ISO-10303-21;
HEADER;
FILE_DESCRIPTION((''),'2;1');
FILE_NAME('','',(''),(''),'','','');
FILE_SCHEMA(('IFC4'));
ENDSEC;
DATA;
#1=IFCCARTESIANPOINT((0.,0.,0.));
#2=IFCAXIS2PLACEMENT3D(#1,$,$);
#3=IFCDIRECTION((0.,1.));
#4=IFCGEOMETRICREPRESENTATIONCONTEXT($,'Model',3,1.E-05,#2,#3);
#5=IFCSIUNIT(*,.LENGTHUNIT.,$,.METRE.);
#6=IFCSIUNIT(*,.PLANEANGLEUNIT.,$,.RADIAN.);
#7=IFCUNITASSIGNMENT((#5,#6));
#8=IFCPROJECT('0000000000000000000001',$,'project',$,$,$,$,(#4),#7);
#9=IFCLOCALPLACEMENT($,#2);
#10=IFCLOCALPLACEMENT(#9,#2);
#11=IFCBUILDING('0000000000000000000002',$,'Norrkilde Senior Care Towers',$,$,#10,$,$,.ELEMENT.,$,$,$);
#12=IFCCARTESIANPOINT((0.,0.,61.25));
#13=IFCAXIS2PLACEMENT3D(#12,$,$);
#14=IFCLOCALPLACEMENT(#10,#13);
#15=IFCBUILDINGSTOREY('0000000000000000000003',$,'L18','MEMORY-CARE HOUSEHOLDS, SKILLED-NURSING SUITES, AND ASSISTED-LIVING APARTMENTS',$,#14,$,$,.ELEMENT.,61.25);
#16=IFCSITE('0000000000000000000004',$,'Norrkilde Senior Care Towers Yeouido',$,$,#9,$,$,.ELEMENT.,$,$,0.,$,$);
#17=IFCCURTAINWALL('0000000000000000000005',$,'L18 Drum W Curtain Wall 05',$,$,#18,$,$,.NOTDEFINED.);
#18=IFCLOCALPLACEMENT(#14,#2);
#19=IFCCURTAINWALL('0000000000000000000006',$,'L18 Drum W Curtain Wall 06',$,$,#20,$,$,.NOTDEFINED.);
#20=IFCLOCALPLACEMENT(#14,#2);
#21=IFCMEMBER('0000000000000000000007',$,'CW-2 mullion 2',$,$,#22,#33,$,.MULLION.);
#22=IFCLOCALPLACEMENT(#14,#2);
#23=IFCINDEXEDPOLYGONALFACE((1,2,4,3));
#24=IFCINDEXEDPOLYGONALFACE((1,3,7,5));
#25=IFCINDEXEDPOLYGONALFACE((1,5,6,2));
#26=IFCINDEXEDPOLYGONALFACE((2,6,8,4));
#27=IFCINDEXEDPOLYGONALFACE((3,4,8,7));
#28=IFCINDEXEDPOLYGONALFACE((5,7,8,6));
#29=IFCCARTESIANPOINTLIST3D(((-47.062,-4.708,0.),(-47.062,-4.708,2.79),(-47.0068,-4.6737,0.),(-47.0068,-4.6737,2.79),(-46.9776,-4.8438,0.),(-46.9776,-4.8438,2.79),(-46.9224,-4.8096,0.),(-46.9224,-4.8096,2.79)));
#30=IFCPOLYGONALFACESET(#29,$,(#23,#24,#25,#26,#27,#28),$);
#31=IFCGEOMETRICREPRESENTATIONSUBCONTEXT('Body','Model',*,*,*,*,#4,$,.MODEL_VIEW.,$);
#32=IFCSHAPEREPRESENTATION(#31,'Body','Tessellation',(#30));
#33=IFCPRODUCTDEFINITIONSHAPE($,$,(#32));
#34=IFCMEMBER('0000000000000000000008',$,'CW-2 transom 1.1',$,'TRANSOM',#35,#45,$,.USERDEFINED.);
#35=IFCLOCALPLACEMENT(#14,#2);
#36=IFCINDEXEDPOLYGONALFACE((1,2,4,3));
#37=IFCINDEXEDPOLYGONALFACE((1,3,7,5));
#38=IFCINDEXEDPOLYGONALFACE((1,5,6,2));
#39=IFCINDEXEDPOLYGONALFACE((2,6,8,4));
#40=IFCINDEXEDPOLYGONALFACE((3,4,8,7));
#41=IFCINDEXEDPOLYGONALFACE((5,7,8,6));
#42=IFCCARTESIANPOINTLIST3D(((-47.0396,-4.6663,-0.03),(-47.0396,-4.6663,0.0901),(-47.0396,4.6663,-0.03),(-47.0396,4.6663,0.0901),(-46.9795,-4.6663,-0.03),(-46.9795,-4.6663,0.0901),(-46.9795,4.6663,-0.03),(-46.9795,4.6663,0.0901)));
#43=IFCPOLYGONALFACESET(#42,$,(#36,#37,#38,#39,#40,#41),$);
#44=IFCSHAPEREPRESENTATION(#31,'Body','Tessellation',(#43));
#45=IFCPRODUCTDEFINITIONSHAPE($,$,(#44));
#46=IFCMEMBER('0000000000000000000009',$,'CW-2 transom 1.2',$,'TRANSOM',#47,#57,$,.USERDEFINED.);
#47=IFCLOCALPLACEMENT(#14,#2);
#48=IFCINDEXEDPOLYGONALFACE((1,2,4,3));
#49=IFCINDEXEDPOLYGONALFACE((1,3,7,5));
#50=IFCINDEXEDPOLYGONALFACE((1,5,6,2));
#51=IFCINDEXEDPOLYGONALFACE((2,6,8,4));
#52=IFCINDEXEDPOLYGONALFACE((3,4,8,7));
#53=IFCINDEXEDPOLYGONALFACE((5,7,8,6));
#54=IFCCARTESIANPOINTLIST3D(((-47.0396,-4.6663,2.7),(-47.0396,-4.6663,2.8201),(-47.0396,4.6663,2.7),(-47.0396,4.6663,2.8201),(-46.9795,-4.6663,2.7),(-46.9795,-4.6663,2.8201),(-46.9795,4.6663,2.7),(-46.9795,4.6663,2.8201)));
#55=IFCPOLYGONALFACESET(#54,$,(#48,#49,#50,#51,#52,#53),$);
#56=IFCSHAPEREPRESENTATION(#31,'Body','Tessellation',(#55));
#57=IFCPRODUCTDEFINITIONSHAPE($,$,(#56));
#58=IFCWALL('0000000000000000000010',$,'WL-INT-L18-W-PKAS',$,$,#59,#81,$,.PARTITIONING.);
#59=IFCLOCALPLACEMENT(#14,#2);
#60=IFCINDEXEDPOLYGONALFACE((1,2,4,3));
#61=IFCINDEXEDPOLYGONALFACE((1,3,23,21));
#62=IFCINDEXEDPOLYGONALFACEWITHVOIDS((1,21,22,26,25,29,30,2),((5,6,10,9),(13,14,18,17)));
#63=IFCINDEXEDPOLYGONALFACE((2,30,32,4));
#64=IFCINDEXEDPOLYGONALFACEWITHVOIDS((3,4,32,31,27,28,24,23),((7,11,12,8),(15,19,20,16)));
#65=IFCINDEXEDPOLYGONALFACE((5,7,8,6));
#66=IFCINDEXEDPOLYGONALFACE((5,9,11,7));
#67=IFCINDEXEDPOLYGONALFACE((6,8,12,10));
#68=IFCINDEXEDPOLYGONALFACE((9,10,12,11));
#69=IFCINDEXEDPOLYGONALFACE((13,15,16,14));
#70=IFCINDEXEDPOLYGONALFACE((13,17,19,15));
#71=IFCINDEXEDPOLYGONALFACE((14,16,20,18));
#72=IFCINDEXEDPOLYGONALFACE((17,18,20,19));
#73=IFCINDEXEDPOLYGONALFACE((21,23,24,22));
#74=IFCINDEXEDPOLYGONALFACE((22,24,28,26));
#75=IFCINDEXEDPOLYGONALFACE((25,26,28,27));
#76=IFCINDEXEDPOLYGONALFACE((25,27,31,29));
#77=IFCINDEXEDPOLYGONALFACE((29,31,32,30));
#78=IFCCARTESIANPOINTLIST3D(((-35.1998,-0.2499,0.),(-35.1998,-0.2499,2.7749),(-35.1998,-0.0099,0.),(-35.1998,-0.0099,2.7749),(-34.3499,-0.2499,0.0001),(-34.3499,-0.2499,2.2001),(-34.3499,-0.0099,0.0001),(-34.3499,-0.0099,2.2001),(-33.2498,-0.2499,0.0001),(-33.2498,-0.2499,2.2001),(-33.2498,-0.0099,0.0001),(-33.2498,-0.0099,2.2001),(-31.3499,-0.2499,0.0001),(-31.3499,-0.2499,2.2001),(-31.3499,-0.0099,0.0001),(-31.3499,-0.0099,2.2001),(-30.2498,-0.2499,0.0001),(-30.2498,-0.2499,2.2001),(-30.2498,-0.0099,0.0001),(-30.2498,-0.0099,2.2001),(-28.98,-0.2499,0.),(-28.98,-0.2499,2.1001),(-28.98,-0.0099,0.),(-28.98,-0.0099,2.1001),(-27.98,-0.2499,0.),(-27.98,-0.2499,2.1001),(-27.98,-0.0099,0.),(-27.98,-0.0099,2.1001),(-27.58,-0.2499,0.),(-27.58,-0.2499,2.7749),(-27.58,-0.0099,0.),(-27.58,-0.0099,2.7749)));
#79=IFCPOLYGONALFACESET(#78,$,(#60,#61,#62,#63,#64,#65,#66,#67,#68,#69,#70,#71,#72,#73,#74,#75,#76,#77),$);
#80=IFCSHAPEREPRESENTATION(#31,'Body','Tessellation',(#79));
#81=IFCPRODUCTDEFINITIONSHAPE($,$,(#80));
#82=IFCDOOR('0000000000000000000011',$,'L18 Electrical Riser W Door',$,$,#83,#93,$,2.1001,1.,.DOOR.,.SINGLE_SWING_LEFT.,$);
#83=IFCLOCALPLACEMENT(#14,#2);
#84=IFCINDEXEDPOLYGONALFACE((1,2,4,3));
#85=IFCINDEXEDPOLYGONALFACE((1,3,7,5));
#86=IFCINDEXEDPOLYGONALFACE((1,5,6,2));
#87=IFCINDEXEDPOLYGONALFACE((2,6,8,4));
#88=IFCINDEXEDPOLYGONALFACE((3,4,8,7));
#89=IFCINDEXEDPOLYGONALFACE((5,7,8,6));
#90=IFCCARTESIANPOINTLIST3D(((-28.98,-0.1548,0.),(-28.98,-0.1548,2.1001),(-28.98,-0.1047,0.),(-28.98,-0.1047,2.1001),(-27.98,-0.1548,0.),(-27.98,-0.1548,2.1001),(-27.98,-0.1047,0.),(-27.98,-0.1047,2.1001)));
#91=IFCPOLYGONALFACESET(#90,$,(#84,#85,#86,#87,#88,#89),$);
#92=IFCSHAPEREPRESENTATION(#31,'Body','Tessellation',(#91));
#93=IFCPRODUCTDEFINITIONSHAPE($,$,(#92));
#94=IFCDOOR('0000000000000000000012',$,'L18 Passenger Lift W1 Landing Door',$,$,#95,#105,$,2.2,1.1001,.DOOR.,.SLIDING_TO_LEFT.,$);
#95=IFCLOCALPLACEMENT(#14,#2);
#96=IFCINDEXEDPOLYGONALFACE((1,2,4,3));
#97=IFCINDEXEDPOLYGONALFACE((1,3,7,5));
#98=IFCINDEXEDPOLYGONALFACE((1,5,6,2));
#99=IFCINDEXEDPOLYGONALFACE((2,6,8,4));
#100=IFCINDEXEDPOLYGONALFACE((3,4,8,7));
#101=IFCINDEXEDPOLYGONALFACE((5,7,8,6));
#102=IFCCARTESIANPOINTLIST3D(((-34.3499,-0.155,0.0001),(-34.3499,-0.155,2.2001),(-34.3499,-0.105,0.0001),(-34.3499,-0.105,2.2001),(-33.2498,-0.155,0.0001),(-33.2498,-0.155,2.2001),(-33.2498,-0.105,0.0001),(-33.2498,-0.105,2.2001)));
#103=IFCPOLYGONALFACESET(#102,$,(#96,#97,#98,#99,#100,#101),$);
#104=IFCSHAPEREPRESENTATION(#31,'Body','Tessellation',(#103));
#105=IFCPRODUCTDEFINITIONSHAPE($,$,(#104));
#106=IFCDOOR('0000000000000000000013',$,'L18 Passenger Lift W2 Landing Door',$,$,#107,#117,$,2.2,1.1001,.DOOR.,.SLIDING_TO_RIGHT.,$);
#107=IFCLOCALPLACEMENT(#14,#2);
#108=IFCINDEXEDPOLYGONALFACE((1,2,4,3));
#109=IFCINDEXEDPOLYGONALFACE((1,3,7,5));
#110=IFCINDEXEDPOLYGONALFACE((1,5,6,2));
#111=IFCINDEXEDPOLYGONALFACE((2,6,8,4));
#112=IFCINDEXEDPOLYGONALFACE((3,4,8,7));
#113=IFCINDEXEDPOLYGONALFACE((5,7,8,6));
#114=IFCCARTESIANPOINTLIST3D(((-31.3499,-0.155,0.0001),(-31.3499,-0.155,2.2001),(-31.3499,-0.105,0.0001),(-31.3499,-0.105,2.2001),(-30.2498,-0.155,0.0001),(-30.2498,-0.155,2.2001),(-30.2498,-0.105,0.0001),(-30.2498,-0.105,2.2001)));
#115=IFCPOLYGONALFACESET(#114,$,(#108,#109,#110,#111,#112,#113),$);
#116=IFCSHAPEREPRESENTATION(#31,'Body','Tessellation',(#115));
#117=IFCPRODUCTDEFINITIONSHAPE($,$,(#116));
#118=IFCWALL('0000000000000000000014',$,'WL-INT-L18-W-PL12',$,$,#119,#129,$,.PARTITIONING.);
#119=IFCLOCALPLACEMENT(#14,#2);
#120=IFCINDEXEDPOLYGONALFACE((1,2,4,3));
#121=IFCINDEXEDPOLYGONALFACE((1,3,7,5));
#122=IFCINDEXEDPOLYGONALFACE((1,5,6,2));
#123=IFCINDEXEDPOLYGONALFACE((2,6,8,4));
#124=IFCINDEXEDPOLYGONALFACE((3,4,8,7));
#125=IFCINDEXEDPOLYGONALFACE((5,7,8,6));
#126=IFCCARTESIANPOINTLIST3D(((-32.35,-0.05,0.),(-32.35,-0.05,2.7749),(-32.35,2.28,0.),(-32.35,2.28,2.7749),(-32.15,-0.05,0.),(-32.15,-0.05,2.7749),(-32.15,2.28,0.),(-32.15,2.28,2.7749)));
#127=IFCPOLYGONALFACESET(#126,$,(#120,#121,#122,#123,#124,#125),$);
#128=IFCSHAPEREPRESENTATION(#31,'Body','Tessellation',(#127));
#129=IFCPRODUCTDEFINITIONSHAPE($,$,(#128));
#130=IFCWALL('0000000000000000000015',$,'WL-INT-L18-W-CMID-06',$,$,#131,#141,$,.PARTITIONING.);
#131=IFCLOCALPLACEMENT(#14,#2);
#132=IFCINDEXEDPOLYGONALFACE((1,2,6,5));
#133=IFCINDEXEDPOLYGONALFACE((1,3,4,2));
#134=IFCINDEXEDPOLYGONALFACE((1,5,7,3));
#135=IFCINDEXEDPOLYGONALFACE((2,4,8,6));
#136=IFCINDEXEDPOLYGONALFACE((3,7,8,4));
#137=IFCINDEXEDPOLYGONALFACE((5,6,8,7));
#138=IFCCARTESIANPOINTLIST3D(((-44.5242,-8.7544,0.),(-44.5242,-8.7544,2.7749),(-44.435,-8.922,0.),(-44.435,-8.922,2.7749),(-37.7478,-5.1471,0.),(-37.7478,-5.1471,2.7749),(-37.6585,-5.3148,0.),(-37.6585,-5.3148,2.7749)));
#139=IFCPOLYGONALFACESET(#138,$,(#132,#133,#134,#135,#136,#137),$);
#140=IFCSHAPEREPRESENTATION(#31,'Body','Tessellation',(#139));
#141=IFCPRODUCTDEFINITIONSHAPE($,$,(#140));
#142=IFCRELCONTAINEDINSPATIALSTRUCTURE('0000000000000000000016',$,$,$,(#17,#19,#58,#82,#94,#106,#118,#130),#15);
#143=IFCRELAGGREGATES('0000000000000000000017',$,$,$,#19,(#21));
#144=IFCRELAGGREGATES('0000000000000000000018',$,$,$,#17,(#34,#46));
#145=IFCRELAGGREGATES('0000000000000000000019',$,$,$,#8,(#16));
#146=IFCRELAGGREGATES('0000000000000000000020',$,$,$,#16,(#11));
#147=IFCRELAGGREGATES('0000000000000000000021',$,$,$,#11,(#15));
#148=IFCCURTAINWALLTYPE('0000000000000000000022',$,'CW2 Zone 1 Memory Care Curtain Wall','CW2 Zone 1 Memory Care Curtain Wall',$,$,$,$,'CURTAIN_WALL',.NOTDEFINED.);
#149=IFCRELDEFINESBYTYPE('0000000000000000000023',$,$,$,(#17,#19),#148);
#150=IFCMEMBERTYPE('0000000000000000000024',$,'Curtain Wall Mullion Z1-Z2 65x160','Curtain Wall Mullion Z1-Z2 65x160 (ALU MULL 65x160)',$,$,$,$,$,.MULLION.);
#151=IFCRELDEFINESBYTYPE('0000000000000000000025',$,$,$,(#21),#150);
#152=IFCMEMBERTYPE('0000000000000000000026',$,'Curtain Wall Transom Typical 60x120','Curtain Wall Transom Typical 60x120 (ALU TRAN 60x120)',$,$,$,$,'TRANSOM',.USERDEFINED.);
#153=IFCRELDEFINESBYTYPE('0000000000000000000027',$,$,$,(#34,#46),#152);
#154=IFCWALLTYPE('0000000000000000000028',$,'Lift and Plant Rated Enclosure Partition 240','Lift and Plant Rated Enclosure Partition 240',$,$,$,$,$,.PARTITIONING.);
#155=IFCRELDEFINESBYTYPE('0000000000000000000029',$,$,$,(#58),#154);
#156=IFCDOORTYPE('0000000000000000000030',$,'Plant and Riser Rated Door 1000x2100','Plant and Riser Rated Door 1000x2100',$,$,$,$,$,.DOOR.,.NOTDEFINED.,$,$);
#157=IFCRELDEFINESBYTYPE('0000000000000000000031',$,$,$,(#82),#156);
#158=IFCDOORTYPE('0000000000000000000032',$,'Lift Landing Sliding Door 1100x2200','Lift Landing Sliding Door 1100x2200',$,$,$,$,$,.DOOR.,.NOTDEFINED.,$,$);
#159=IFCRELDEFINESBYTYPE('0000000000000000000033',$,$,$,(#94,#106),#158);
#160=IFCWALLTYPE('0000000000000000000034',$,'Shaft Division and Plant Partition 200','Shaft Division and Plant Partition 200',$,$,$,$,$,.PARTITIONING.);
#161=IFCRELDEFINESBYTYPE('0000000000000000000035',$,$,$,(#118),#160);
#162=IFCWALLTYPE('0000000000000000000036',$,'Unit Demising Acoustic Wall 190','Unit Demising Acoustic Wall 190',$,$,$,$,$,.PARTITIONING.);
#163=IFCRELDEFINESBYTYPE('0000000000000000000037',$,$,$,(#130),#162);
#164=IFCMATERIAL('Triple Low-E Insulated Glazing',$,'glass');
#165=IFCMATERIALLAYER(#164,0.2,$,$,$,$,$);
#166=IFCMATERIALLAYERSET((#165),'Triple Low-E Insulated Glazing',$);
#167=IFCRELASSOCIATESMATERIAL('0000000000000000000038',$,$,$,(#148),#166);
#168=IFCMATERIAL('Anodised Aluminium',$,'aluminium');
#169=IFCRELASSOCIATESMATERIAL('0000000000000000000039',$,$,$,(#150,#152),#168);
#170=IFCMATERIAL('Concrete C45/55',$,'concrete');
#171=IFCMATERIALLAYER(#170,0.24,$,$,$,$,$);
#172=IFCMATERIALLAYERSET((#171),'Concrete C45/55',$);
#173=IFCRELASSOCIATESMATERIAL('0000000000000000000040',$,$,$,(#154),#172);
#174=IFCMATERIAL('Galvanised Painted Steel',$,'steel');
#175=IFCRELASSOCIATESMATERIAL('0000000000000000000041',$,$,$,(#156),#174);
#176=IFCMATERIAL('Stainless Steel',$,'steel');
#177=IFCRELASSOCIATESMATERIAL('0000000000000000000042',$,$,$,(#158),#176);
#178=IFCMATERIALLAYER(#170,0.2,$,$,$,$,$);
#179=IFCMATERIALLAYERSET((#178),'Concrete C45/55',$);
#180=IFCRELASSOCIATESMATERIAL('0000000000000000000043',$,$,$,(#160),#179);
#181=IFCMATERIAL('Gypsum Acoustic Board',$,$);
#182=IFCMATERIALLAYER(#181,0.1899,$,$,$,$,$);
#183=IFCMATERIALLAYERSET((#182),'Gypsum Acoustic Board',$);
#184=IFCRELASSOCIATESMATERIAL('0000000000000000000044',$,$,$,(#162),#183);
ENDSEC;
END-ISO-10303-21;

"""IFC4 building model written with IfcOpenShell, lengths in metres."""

from ifc_helpers import new_model, si_unit, direction, frame, frame_2d, origin, origin_2d, place, context, subcontext, project, spatial, rectangle, extrude, source, transform, mapped, material, layer, layer_set, material_profile, profile_set, type_object, type_shapes, element, fill, aggregate, save


model = new_model("IFC4")

# Units and contexts
model_context = context("Model", 3, precision=1e-05, world=origin(), true_north=direction((0.0, 1.0)))
body_context = subcontext(model_context, "Body", "Model", "MODEL_VIEW")
ifc_project = project(units=[si_unit("LENGTHUNIT", "METRE"), si_unit("PLANEANGLEUNIT", "RADIAN")], contexts=[model_context])

# Site, building, storey
site_placement = place(None, origin())
site = spatial("IfcSite", under=ifc_project, at=site_placement, Name="Norrkilde Senior Care Towers Yeouido", CompositionType="ELEMENT", RefElevation=0.0)
building_placement = place(site_placement, origin())
building = spatial("IfcBuilding", under=site, at=building_placement, Name="Norrkilde Senior Care Towers", CompositionType="ELEMENT")
storey_placement = place(building_placement, frame((0.0, 0.0, 61.25)))
storey = spatial("IfcBuildingStorey", under=building, at=storey_placement, Name="L18", Description="MEMORY-CARE HOUSEHOLDS, SKILLED-NURSING SUITES, AND ASSISTED-LIVING APARTMENTS", CompositionType="ELEMENT", Elevation=61.25)

# Curtain walls, member
ifc_material_1 = material(Name="Triple Low-E Insulated Glazing", Category="glass")
ifc_layer_1 = layer(ifc_material_1, 0.2)
ifc_layer_set_1 = layer_set([ifc_layer_1], Name="Triple Low-E Insulated Glazing")
curtain_wall_type = type_object("IfcCurtainWallType", Name="CW2 Zone 1 Memory Care Curtain Wall", Description="CW2 Zone 1 Memory Care Curtain Wall", ElementType="CURTAIN_WALL", PredefinedType="NOTDEFINED", material=ifc_layer_set_1)
curtain_wall_1_placement = place(storey_placement, origin())
curtain_wall_1 = element("IfcCurtainWall", 1, at=curtain_wall_1_placement, inside=storey, type_object=curtain_wall_type, Name="L18 Drum W Curtain Wall 05", PredefinedType="NOTDEFINED")
ifc_material_2 = material(Name="Anodised Aluminium", Category="aluminium")
ifc_material_profile_1 = material_profile(ifc_material_2, rectangle(XDim=0.0649, YDim=0.1599, at=origin_2d()), Name="ALU MULL 65x160")
ifc_profile_set_1 = profile_set([ifc_material_profile_1], Name="Anodised Aluminium")
member_type_1 = type_object("IfcMemberType", Name="Curtain Wall Mullion Z1-Z2 65x160", Description="Curtain Wall Mullion Z1-Z2 65x160 (ALU MULL 65x160)", PredefinedType="MULLION", material=ifc_profile_set_1)
shared_shape_1 = source(origin(), body_context, "Body", "SweptSolid", [
    extrude(rectangle(XDim=0.0649, YDim=0.1599, at=origin_2d()), origin(), (0.0, 0.0, 1.0), 2.79),
])
type_shapes(member_type_1, [shared_shape_1])
curtain_wall_2_placement = place(storey_placement, origin())
curtain_wall_2 = element("IfcCurtainWall", 2, at=curtain_wall_2_placement, inside=storey, type_object=curtain_wall_type, Name="L18 Drum W Curtain Wall 06", PredefinedType="NOTDEFINED")
member_1_placement = place(storey_placement, frame((-46.9922, -4.7588, 0.0), z_axis=(0.0, 0.0, 1.0), x_axis=(-0.849306, -0.527901, 0.0)))
member_1 = element("IfcMember", 3, at=member_1_placement, type_object=member_type_1, Name="CW-2 mullion 2", PredefinedType="MULLION", context=body_context, shape_type="MappedRepresentation", body=[
    mapped(shared_shape_1, transform((0.0, 0.0, 0.0), x_axis=(1.0, 0.0, 0.0), y_axis=(0.0, 1.0, 0.0), z_axis=(0.0, 0.0, 1.0), scale=1.0)),
])
aggregate(curtain_wall_2, [member_1])

# Members
ifc_material_profile_2 = material_profile(ifc_material_2, rectangle(XDim=0.0601, YDim=0.1201, at=origin_2d()), Name="ALU TRAN 60x120")
ifc_profile_set_2 = profile_set([ifc_material_profile_2], Name="Anodised Aluminium")
member_type_2 = type_object("IfcMemberType", Name="Curtain Wall Transom Typical 60x120", Description="Curtain Wall Transom Typical 60x120 (ALU TRAN 60x120)", ElementType="TRANSOM", PredefinedType="USERDEFINED", material=ifc_profile_set_2)
shared_shape_2 = source(origin(), body_context, "Body", "SweptSolid", [
    extrude(rectangle(XDim=0.0601, YDim=0.1201, at=origin_2d()), origin(), (0.0, 0.0, 1.0), 9.3325),
])
type_shapes(member_type_2, [shared_shape_2])
member_2_placement = place(storey_placement, frame((-47.0095, -4.6663, 0.03), z_axis=(0.0, 1.0, 0.0), x_axis=(-1.0, 0.0, 0.0)))
member_2 = element("IfcMember", 4, at=member_2_placement, type_object=member_type_2, Name="CW-2 transom 1.1", ObjectType="TRANSOM", PredefinedType="USERDEFINED", context=body_context, shape_type="MappedRepresentation", body=[
    mapped(shared_shape_2, transform((0.0, 0.0, 0.0), x_axis=(1.0, 0.0, 0.0), y_axis=(0.0, 1.0, 0.0), z_axis=(0.0, 0.0, 1.0), scale=1.0)),
])
member_3_placement = place(storey_placement, frame((-47.0095, -4.6663, 2.76), z_axis=(0.0, 1.0, 0.0), x_axis=(-1.0, 0.0, 0.0)))
member_3 = element("IfcMember", 5, at=member_3_placement, type_object=member_type_2, Name="CW-2 transom 1.2", ObjectType="TRANSOM", PredefinedType="USERDEFINED", context=body_context, shape_type="MappedRepresentation", body=[
    mapped(shared_shape_2, transform((0.0, 0.0, 0.0), x_axis=(1.0, 0.0, 0.0), y_axis=(0.0, 1.0, 0.0), z_axis=(0.0, 0.0, 1.0), scale=1.0)),
])
aggregate(curtain_wall_1, [member_2, member_3])

# Shared definitions
ifc_material_3 = material(Name="Galvanised Painted Steel", Category="steel")

# Wall, openings, doors
ifc_material_4 = material(Name="Concrete C45/55", Category="concrete")
ifc_layer_2 = layer(ifc_material_4, 0.24)
ifc_layer_set_2 = layer_set([ifc_layer_2], Name="Concrete C45/55")
wall_type_1 = type_object("IfcWallType", Name="Lift and Plant Rated Enclosure Partition 240", Description="Lift and Plant Rated Enclosure Partition 240", PredefinedType="PARTITIONING", material=ifc_layer_set_2)
shared_shape_3 = source(origin(), body_context, "Body", "SweptSolid", [
    extrude(rectangle(XDim=7.6199, YDim=0.24, at=frame_2d((3.8101, 0.0))), origin(), (0.0, 0.0, 1.0), 2.7749),
])
type_shapes(wall_type_1, [shared_shape_3])
wall_1_placement = place(storey_placement, frame((-35.2, -0.1299, 0.0), z_axis=(0.0, 0.0, 1.0), x_axis=(1.0, 0.0, 0.0)))
wall_1 = element("IfcWall", 6, at=wall_1_placement, inside=storey, type_object=wall_type_1, Name="WL-INT-L18-W-PKAS", PredefinedType="PARTITIONING", context=body_context, shape_type="MappedRepresentation", body=[
    mapped(shared_shape_3, transform((0.0, 0.0, 0.0), x_axis=(1.0, 0.0, 0.0), y_axis=(0.0, 1.0, 0.0), z_axis=(0.0, 0.0, 1.0), scale=1.0)),
])
opening_1_placement = place(wall_1_placement, frame((6.22, 0.0, 0.0)))
opening_1 = element("IfcOpeningElement", 7, at=opening_1_placement, cuts=wall_1, PredefinedType="OPENING", context=body_context, shape_type="SweptSolid", body=[
    extrude(rectangle(XDim=1.0, YDim=2.1001, at=frame_2d((0.5, 1.05))), frame((0.0, 0.1299, 0.0), z_axis=(0.0, -1.0, 0.0), x_axis=(1.0, 0.0, 0.0)), (0.0, 0.0, 1.0), 0.26),
])
opening_2_placement = place(wall_1_placement, frame((0.8501, 0.0, 0.0)))
opening_2 = element("IfcOpeningElement", 8, at=opening_2_placement, cuts=wall_1, PredefinedType="OPENING", context=body_context, shape_type="SweptSolid", body=[
    extrude(rectangle(XDim=1.1001, YDim=2.2, at=frame_2d((0.55, 1.1001))), frame((0.0, 0.1299, 0.0), z_axis=(0.0, -1.0, 0.0), x_axis=(1.0, 0.0, 0.0)), (0.0, 0.0, 1.0), 0.26),
])
opening_3_placement = place(wall_1_placement, frame((3.8501, 0.0, 0.0)))
opening_3 = element("IfcOpeningElement", 9, at=opening_3_placement, cuts=wall_1, PredefinedType="OPENING", context=body_context, shape_type="SweptSolid", body=[
    extrude(rectangle(XDim=1.1001, YDim=2.2, at=frame_2d((0.55, 1.1001))), frame((0.0, 0.1299, 0.0), z_axis=(0.0, -1.0, 0.0), x_axis=(1.0, 0.0, 0.0)), (0.0, 0.0, 1.0), 0.26),
])
door_type_1 = type_object("IfcDoorType", Name="Plant and Riser Rated Door 1000x2100", Description="Plant and Riser Rated Door 1000x2100", OperationType="NOTDEFINED", PredefinedType="DOOR", material=ifc_material_3)
shared_shape_4 = source(origin(), body_context, "Body", "SweptSolid", [
    extrude(rectangle(XDim=1.0, YDim=2.1001, at=frame_2d((0.5, 1.05))), frame((0.0, 0.0249, 0.0), z_axis=(0.0, -1.0, 0.0), x_axis=(1.0, 0.0, 0.0)), (0.0, 0.0, 1.0), 0.05),
])
type_shapes(door_type_1, [shared_shape_4])
door_1_placement = place(opening_1_placement, frame((1.0, 0.0, 0.0), z_axis=(0.0, 0.0, 1.0), x_axis=(-1.0, 0.0, 0.0)))
door_1 = element("IfcDoor", 10, at=door_1_placement, inside=storey, type_object=door_type_1, Name="L18 Electrical Riser W Door", OperationType="SINGLE_SWING_LEFT", OverallHeight=2.1001, OverallWidth=1.0, PredefinedType="DOOR", context=body_context, shape_type="MappedRepresentation", body=[
    mapped(shared_shape_4, transform((0.0, 0.0, 0.0), x_axis=(1.0, 0.0, 0.0), y_axis=(0.0, 1.0, 0.0), z_axis=(0.0, 0.0, 1.0), scale=1.0)),
])
fill(opening_1, door_1)
ifc_material_5 = material(Name="Stainless Steel", Category="steel")
door_type_2 = type_object("IfcDoorType", Name="Lift Landing Sliding Door 1100x2200", Description="Lift Landing Sliding Door 1100x2200", OperationType="NOTDEFINED", PredefinedType="DOOR", material=ifc_material_5)
shared_shape_5 = source(origin(), body_context, "Body", "SweptSolid", [
    extrude(rectangle(XDim=1.1001, YDim=2.2, at=frame_2d((0.55, 1.1001))), frame((0.0, 0.0249, 0.0), z_axis=(0.0, -1.0, 0.0), x_axis=(1.0, 0.0, 0.0)), (0.0, 0.0, 1.0), 0.05),
])
type_shapes(door_type_2, [shared_shape_5])
door_2_placement = place(opening_2_placement, origin())
door_2 = element("IfcDoor", 11, at=door_2_placement, inside=storey, type_object=door_type_2, Name="L18 Passenger Lift W1 Landing Door", OperationType="SLIDING_TO_LEFT", OverallHeight=2.2, OverallWidth=1.1001, PredefinedType="DOOR", context=body_context, shape_type="MappedRepresentation", body=[
    mapped(shared_shape_5, transform((0.0, 0.0, 0.0), x_axis=(1.0, 0.0, 0.0), y_axis=(0.0, 1.0, 0.0), z_axis=(0.0, 0.0, 1.0), scale=1.0)),
])
fill(opening_2, door_2)
door_3_placement = place(opening_3_placement, origin())
door_3 = element("IfcDoor", 12, at=door_3_placement, inside=storey, type_object=door_type_2, Name="L18 Passenger Lift W2 Landing Door", OperationType="SLIDING_TO_RIGHT", OverallHeight=2.2, OverallWidth=1.1001, PredefinedType="DOOR", context=body_context, shape_type="MappedRepresentation", body=[
    mapped(shared_shape_5, transform((0.0, 0.0, 0.0), x_axis=(1.0, 0.0, 0.0), y_axis=(0.0, 1.0, 0.0), z_axis=(0.0, 0.0, 1.0), scale=1.0)),
])
fill(opening_3, door_3)

# Walls
ifc_layer_3 = layer(ifc_material_4, 0.2)
ifc_layer_set_3 = layer_set([ifc_layer_3], Name="Concrete C45/55")
wall_type_2 = type_object("IfcWallType", Name="Shaft Division and Plant Partition 200", Description="Shaft Division and Plant Partition 200", PredefinedType="PARTITIONING", material=ifc_layer_set_3)
shared_shape_6 = source(origin(), body_context, "Body", "SweptSolid", [
    extrude(rectangle(XDim=2.3301, YDim=0.2, at=frame_2d((1.165, 0.0))), origin(), (0.0, 0.0, 1.0), 2.7749),
])
type_shapes(wall_type_2, [shared_shape_6])
wall_2_placement = place(storey_placement, frame((-32.25, -0.05, 0.0), z_axis=(0.0, 0.0, 1.0), x_axis=(0.0, 1.0, 0.0)))
element("IfcWall", 13, at=wall_2_placement, inside=storey, type_object=wall_type_2, Name="WL-INT-L18-W-PL12", PredefinedType="PARTITIONING", context=body_context, shape_type="MappedRepresentation", body=[
    mapped(shared_shape_6, transform((0.0, 0.0, 0.0), x_axis=(1.0, 0.0, 0.0), y_axis=(0.0, 1.0, 0.0), z_axis=(0.0, 0.0, 1.0), scale=1.0)),
])
ifc_material_6 = material(Name="Gypsum Acoustic Board")
ifc_layer_4 = layer(ifc_material_6, 0.1899)
ifc_layer_set_4 = layer_set([ifc_layer_4], Name="Gypsum Acoustic Board")
wall_type_3 = type_object("IfcWallType", Name="Unit Demising Acoustic Wall 190", Description="Unit Demising Acoustic Wall 190", PredefinedType="PARTITIONING", material=ifc_layer_set_4)
shared_shape_7 = source(origin(), body_context, "Body", "SweptSolid", [
    extrude(rectangle(XDim=7.6768, YDim=0.1899, at=frame_2d((3.8384, 0.0))), origin(), (0.0, 0.0, 1.0), 2.7749),
])
wall_3_placement = place(storey_placement, frame((-37.7031, -5.231, 0.0), z_axis=(0.0, 0.0, 1.0), x_axis=(-0.882725, -0.46989, 0.0)))
element("IfcWall", 14, at=wall_3_placement, inside=storey, type_object=wall_type_3, Name="WL-INT-L18-W-CMID-06", PredefinedType="PARTITIONING", context=body_context, shape_type="MappedRepresentation", body=[
    mapped(shared_shape_7, transform((0.0, 0.0, 0.0), x_axis=(1.0, 0.0, 0.0), y_axis=(0.0, 1.0, 0.0), z_axis=(0.0, 0.0, 1.0), scale=1.0)),
])

save(model, "model.ifc")
